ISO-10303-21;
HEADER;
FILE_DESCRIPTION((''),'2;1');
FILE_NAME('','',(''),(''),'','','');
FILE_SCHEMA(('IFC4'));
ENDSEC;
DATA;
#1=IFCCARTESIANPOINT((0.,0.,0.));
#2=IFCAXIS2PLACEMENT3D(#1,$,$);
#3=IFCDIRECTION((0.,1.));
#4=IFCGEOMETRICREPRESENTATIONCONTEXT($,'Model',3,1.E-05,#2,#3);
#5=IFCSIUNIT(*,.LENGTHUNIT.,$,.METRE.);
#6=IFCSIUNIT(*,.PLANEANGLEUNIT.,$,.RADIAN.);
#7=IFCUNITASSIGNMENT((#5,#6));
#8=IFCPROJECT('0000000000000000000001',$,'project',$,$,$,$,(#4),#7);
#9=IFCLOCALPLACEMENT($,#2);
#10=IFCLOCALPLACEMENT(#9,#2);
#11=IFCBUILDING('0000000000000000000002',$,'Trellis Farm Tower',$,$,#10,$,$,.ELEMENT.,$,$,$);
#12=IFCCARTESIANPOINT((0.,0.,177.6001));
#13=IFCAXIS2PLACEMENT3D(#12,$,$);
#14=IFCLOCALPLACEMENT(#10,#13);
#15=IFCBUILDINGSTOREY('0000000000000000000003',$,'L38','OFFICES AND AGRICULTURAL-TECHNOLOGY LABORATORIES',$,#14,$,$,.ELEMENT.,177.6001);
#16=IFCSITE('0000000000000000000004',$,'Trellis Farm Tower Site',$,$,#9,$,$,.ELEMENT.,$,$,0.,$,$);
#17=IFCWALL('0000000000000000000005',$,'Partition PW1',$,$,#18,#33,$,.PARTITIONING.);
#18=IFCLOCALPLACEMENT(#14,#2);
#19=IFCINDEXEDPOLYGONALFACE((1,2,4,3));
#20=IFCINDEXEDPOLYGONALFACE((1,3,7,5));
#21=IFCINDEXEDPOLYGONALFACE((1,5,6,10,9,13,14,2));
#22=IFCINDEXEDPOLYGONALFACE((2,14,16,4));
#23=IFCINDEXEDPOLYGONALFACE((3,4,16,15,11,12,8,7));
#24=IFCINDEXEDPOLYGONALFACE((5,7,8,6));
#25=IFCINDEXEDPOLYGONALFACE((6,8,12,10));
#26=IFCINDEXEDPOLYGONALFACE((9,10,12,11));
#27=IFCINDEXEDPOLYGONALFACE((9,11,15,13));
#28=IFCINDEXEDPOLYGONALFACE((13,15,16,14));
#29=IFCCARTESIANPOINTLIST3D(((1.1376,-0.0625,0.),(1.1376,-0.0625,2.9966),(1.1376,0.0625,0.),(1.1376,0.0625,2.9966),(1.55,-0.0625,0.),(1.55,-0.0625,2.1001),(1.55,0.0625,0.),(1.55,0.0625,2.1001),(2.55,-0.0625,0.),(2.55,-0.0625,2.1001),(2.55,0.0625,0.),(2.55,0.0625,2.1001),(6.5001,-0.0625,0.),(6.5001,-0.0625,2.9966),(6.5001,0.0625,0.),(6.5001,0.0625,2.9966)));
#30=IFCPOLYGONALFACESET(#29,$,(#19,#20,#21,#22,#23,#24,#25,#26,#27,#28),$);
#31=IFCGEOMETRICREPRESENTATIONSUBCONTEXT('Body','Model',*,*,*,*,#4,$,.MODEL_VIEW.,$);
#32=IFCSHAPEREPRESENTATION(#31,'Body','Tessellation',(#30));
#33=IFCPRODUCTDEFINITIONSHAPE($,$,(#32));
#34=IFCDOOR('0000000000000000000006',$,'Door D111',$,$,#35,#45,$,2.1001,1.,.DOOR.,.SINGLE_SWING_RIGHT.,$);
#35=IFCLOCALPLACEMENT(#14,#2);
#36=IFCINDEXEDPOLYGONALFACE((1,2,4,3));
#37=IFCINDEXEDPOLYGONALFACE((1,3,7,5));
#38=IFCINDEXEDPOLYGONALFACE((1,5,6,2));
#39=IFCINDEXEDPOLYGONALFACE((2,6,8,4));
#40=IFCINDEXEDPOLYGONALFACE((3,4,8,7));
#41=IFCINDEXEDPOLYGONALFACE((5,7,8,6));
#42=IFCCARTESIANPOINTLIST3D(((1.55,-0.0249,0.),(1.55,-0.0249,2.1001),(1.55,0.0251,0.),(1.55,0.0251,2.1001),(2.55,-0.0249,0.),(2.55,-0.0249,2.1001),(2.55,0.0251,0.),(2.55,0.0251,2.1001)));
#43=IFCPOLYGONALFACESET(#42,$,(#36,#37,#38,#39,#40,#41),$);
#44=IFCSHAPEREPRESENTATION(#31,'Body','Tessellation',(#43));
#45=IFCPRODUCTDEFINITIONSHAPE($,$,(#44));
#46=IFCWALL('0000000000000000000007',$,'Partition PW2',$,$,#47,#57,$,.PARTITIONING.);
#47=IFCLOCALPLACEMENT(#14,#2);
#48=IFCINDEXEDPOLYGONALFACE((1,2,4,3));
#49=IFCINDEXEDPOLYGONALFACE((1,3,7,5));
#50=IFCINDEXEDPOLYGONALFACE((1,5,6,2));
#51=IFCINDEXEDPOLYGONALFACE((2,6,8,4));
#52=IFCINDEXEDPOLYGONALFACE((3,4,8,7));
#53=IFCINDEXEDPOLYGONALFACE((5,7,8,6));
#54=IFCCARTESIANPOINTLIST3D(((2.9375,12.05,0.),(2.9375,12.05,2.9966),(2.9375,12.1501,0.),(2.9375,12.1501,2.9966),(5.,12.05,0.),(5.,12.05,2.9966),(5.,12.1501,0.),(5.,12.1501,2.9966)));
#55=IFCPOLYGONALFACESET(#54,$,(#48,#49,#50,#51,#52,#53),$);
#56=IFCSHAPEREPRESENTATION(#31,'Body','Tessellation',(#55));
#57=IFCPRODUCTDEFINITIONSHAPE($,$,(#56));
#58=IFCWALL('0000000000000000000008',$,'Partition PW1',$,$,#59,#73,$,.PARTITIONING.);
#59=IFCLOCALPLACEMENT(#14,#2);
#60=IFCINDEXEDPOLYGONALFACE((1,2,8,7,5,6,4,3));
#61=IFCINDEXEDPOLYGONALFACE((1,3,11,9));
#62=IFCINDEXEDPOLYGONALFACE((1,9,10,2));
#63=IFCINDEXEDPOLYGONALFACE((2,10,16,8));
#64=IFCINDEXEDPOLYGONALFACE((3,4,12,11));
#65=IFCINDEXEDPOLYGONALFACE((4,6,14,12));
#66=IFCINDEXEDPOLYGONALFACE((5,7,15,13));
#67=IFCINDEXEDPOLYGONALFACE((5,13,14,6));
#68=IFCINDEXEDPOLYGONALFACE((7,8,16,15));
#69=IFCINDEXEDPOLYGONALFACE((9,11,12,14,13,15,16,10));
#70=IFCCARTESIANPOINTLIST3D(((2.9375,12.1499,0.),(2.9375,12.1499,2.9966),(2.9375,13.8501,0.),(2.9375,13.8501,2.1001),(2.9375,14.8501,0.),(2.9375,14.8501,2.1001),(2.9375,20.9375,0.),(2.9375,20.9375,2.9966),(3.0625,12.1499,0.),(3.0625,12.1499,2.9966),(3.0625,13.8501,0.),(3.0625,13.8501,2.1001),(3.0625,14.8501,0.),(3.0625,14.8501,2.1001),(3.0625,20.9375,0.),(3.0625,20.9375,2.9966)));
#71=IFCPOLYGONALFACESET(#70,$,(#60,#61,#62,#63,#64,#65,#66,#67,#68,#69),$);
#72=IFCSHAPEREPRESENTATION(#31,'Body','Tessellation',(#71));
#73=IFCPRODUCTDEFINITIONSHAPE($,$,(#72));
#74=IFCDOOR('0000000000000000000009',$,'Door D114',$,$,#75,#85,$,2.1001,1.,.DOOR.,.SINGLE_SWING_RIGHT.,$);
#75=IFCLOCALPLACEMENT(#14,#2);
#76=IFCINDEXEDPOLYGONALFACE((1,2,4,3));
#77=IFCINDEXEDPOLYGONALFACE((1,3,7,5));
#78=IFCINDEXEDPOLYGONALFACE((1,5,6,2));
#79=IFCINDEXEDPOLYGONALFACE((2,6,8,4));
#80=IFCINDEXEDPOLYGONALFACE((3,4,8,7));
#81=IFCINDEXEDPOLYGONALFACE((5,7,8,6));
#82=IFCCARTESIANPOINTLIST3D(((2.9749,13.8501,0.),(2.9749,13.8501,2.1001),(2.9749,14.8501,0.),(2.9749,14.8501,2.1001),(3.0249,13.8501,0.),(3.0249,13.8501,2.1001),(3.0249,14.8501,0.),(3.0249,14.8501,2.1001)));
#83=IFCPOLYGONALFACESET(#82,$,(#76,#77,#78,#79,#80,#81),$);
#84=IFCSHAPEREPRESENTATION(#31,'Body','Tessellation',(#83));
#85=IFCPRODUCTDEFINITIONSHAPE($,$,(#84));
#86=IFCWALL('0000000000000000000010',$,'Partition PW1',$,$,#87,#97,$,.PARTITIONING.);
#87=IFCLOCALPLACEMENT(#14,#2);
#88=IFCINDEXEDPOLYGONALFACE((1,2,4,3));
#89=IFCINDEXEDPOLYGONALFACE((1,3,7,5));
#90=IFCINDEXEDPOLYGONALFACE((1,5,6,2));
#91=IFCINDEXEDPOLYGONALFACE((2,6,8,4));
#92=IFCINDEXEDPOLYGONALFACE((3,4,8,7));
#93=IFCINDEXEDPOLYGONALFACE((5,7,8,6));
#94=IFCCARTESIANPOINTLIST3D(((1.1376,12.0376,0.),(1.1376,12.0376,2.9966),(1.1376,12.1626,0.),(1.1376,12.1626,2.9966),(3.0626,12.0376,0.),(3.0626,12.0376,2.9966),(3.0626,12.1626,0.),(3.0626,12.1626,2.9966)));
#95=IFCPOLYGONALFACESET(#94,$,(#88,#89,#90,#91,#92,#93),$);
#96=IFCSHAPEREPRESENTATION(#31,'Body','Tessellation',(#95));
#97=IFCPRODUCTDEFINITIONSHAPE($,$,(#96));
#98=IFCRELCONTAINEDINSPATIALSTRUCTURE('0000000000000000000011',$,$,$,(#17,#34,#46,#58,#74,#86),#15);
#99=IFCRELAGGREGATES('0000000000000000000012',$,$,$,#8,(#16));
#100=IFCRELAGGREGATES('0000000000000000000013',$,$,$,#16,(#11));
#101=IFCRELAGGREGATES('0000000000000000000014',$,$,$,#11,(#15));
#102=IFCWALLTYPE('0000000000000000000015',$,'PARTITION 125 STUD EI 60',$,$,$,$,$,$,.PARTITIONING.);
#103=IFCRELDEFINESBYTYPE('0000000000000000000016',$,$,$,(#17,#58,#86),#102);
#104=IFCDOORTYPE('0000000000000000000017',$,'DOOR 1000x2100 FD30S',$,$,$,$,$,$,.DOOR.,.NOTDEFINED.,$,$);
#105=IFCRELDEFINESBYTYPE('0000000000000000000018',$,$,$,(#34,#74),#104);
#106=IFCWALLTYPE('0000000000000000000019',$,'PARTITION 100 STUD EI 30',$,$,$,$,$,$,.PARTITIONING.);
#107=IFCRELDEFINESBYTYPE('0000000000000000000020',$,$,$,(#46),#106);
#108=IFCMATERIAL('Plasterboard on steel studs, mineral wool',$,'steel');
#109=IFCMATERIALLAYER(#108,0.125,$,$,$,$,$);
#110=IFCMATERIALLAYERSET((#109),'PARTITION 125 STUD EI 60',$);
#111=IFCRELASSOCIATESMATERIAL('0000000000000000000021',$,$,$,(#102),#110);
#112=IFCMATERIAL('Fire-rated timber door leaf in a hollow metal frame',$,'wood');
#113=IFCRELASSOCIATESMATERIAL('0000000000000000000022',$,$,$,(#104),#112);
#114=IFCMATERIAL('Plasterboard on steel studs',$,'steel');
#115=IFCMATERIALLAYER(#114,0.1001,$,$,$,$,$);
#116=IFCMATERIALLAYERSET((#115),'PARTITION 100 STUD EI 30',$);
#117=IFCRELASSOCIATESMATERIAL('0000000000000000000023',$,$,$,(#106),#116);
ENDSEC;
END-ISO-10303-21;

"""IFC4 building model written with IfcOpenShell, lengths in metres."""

from ifc_helpers import new_model, si_unit, direction, frame, frame_2d, origin, place, context, subcontext, project, spatial, rectangle, extrude, source, transform, mapped, material, layer, layer_set, type_object, element, fill, save


model = new_model("IFC4")

# Units and contexts
model_context = context("Model", 3, precision=1e-05, world=origin(), true_north=direction((0.0, 1.0)))
body_context = subcontext(model_context, "Body", "Model", "MODEL_VIEW")
ifc_project = project(units=[si_unit("LENGTHUNIT", "METRE"), si_unit("PLANEANGLEUNIT", "RADIAN")], contexts=[model_context])

# Site, building, storey
site_placement = place(None, origin())
site = spatial("IfcSite", under=ifc_project, at=site_placement, Name="Trellis Farm Tower Site", CompositionType="ELEMENT", RefElevation=0.0)
building_placement = place(site_placement, origin())
building = spatial("IfcBuilding", under=site, at=building_placement, Name="Trellis Farm Tower", CompositionType="ELEMENT")
storey_placement = place(building_placement, frame((0.0, 0.0, 177.6001)))
storey = spatial("IfcBuildingStorey", under=building, at=storey_placement, Name="L38", Description="OFFICES AND AGRICULTURAL-TECHNOLOGY LABORATORIES", CompositionType="ELEMENT", Elevation=177.6001)

# Shared definitions
ifc_material_1 = material(Name="Plasterboard on steel studs, mineral wool", Category="steel")
ifc_layer_1 = layer(ifc_material_1, 0.125)
ifc_layer_set_1 = layer_set([ifc_layer_1], Name="PARTITION 125 STUD EI 60")
wall_type_1 = type_object("IfcWallType", Name="PARTITION 125 STUD EI 60", PredefinedType="PARTITIONING", material=ifc_layer_set_1)

# Wall, opening, door
shared_shape_1 = source(origin(), body_context, "Body", "SweptSolid", [
    extrude(rectangle(XDim=5.3625, YDim=0.125, at=frame_2d((2.6812, 0.0))), origin(), (0.0, 0.0, 1.0), 2.9966),
])
wall_1_placement = place(storey_placement, frame((6.5, 0.0, 0.0), z_axis=(0.0, 0.0, 1.0), x_axis=(-1.0, 0.0, 0.0)))
wall_1 = element("IfcWall", 1, at=wall_1_placement, inside=storey, type_object=wall_type_1, Name="Partition PW1", PredefinedType="PARTITIONING", context=body_context, shape_type="MappedRepresentation", body=[
    mapped(shared_shape_1, transform((0.0, 0.0, 0.0))),
])
shared_shape_2 = source(origin(), body_context, "Body", "SweptSolid", [
    extrude(rectangle(XDim=1.0, YDim=2.1001, at=frame_2d((0.5, 1.05))), frame((0.0, 0.0725, 0.0), z_axis=(0.0, -1.0, 0.0), x_axis=(1.0, 0.0, 0.0)), (0.0, 0.0, 1.0), 0.145),
])
opening_1_placement = place(wall_1_placement, frame((3.95, 0.0, 0.0)))
opening_1 = element("IfcOpeningElement", 2, at=opening_1_placement, cuts=wall_1, PredefinedType="OPENING", context=body_context, shape_type="MappedRepresentation", body=[
    mapped(shared_shape_2, transform((0.0, 0.0, 0.0))),
])
ifc_material_2 = material(Name="Fire-rated timber door leaf in a hollow metal frame", Category="wood")
door_type_1 = type_object("IfcDoorType", Name="DOOR 1000x2100 FD30S", OperationType="NOTDEFINED", PredefinedType="DOOR", material=ifc_material_2)
shared_shape_3 = source(origin(), body_context, "Body", "SweptSolid", [
    extrude(rectangle(XDim=1.0, YDim=2.1001, at=frame_2d((0.5, 1.05))), frame((0.0, 0.0249, 0.0), z_axis=(0.0, -1.0, 0.0), x_axis=(1.0, 0.0, 0.0)), (0.0, 0.0, 1.0), 0.05),
])
door_1_placement = place(opening_1_placement, origin())
door_1 = element("IfcDoor", 3, at=door_1_placement, inside=storey, type_object=door_type_1, Name="Door D111", OperationType="SINGLE_SWING_RIGHT", OverallHeight=2.1001, OverallWidth=1.0, PredefinedType="DOOR", context=body_context, shape_type="MappedRepresentation", body=[
    mapped(shared_shape_3, transform((0.0, 0.0, 0.0))),
])
fill(opening_1, door_1)

# Wall
ifc_material_3 = material(Name="Plasterboard on steel studs", Category="steel")
ifc_layer_2 = layer(ifc_material_3, 0.1001)
ifc_layer_set_2 = layer_set([ifc_layer_2], Name="PARTITION 100 STUD EI 30")
wall_type_2 = type_object("IfcWallType", Name="PARTITION 100 STUD EI 30", PredefinedType="PARTITIONING", material=ifc_layer_set_2)
shared_shape_4 = source(origin(), body_context, "Body", "SweptSolid", [
    extrude(rectangle(XDim=2.0625, YDim=0.1001, at=frame_2d((1.0312, 0.0))), origin(), (0.0, 0.0, 1.0), 2.9966),
])
wall_2_placement = place(storey_placement, frame((2.9375, 12.1001, 0.0), z_axis=(0.0, 0.0, 1.0), x_axis=(1.0, 0.0, 0.0)))
element("IfcWall", 4, at=wall_2_placement, inside=storey, type_object=wall_type_2, Name="Partition PW2", PredefinedType="PARTITIONING", context=body_context, shape_type="MappedRepresentation", body=[
    mapped(shared_shape_4, transform((0.0, 0.0, 0.0))),
])

# Wall, opening, door
shared_shape_5 = source(origin(), body_context, "Body", "SweptSolid", [
    extrude(rectangle(XDim=8.7876, YDim=0.125, at=frame_2d((4.3938, 0.0))), origin(), (0.0, 0.0, 1.0), 2.9966),
])
wall_3_placement = place(storey_placement, frame((3.0, 20.9375, 0.0), z_axis=(0.0, 0.0, 1.0), x_axis=(0.0, -1.0, 0.0)))
wall_3 = element("IfcWall", 5, at=wall_3_placement, inside=storey, type_object=wall_type_1, Name="Partition PW1", PredefinedType="PARTITIONING", context=body_context, shape_type="MappedRepresentation", body=[
    mapped(shared_shape_5, transform((0.0, 0.0, 0.0))),
])
opening_2_placement = place(wall_3_placement, frame((6.0874, 0.0, 0.0)))
opening_2 = element("IfcOpeningElement", 6, at=opening_2_placement, cuts=wall_3, PredefinedType="OPENING", context=body_context, shape_type="MappedRepresentation", body=[
    mapped(shared_shape_2, transform((0.0, 0.0, 0.0))),
])
door_2_placement = place(opening_2_placement, origin())
door_2 = element("IfcDoor", 7, at=door_2_placement, inside=storey, type_object=door_type_1, Name="Door D114", OperationType="SINGLE_SWING_RIGHT", OverallHeight=2.1001, OverallWidth=1.0, PredefinedType="DOOR", context=body_context, shape_type="MappedRepresentation", body=[
    mapped(shared_shape_3, transform((0.0, 0.0, 0.0))),
])
fill(opening_2, door_2)

# Wall
shared_shape_6 = source(origin(), body_context, "Body", "SweptSolid", [
    extrude(rectangle(XDim=1.925, YDim=0.125, at=frame_2d((0.9624, 0.0))), origin(), (0.0, 0.0, 1.0), 2.9966),
])
wall_4_placement = place(storey_placement, frame((3.0625, 12.1001, 0.0), z_axis=(0.0, 0.0, 1.0), x_axis=(-1.0, 0.0, 0.0)))
element("IfcWall", 8, at=wall_4_placement, inside=storey, type_object=wall_type_1, Name="Partition PW1", PredefinedType="PARTITIONING", context=body_context, shape_type="MappedRepresentation", body=[
    mapped(shared_shape_6, transform((0.0, 0.0, 0.0))),
])

save(model, "model.ifc")
